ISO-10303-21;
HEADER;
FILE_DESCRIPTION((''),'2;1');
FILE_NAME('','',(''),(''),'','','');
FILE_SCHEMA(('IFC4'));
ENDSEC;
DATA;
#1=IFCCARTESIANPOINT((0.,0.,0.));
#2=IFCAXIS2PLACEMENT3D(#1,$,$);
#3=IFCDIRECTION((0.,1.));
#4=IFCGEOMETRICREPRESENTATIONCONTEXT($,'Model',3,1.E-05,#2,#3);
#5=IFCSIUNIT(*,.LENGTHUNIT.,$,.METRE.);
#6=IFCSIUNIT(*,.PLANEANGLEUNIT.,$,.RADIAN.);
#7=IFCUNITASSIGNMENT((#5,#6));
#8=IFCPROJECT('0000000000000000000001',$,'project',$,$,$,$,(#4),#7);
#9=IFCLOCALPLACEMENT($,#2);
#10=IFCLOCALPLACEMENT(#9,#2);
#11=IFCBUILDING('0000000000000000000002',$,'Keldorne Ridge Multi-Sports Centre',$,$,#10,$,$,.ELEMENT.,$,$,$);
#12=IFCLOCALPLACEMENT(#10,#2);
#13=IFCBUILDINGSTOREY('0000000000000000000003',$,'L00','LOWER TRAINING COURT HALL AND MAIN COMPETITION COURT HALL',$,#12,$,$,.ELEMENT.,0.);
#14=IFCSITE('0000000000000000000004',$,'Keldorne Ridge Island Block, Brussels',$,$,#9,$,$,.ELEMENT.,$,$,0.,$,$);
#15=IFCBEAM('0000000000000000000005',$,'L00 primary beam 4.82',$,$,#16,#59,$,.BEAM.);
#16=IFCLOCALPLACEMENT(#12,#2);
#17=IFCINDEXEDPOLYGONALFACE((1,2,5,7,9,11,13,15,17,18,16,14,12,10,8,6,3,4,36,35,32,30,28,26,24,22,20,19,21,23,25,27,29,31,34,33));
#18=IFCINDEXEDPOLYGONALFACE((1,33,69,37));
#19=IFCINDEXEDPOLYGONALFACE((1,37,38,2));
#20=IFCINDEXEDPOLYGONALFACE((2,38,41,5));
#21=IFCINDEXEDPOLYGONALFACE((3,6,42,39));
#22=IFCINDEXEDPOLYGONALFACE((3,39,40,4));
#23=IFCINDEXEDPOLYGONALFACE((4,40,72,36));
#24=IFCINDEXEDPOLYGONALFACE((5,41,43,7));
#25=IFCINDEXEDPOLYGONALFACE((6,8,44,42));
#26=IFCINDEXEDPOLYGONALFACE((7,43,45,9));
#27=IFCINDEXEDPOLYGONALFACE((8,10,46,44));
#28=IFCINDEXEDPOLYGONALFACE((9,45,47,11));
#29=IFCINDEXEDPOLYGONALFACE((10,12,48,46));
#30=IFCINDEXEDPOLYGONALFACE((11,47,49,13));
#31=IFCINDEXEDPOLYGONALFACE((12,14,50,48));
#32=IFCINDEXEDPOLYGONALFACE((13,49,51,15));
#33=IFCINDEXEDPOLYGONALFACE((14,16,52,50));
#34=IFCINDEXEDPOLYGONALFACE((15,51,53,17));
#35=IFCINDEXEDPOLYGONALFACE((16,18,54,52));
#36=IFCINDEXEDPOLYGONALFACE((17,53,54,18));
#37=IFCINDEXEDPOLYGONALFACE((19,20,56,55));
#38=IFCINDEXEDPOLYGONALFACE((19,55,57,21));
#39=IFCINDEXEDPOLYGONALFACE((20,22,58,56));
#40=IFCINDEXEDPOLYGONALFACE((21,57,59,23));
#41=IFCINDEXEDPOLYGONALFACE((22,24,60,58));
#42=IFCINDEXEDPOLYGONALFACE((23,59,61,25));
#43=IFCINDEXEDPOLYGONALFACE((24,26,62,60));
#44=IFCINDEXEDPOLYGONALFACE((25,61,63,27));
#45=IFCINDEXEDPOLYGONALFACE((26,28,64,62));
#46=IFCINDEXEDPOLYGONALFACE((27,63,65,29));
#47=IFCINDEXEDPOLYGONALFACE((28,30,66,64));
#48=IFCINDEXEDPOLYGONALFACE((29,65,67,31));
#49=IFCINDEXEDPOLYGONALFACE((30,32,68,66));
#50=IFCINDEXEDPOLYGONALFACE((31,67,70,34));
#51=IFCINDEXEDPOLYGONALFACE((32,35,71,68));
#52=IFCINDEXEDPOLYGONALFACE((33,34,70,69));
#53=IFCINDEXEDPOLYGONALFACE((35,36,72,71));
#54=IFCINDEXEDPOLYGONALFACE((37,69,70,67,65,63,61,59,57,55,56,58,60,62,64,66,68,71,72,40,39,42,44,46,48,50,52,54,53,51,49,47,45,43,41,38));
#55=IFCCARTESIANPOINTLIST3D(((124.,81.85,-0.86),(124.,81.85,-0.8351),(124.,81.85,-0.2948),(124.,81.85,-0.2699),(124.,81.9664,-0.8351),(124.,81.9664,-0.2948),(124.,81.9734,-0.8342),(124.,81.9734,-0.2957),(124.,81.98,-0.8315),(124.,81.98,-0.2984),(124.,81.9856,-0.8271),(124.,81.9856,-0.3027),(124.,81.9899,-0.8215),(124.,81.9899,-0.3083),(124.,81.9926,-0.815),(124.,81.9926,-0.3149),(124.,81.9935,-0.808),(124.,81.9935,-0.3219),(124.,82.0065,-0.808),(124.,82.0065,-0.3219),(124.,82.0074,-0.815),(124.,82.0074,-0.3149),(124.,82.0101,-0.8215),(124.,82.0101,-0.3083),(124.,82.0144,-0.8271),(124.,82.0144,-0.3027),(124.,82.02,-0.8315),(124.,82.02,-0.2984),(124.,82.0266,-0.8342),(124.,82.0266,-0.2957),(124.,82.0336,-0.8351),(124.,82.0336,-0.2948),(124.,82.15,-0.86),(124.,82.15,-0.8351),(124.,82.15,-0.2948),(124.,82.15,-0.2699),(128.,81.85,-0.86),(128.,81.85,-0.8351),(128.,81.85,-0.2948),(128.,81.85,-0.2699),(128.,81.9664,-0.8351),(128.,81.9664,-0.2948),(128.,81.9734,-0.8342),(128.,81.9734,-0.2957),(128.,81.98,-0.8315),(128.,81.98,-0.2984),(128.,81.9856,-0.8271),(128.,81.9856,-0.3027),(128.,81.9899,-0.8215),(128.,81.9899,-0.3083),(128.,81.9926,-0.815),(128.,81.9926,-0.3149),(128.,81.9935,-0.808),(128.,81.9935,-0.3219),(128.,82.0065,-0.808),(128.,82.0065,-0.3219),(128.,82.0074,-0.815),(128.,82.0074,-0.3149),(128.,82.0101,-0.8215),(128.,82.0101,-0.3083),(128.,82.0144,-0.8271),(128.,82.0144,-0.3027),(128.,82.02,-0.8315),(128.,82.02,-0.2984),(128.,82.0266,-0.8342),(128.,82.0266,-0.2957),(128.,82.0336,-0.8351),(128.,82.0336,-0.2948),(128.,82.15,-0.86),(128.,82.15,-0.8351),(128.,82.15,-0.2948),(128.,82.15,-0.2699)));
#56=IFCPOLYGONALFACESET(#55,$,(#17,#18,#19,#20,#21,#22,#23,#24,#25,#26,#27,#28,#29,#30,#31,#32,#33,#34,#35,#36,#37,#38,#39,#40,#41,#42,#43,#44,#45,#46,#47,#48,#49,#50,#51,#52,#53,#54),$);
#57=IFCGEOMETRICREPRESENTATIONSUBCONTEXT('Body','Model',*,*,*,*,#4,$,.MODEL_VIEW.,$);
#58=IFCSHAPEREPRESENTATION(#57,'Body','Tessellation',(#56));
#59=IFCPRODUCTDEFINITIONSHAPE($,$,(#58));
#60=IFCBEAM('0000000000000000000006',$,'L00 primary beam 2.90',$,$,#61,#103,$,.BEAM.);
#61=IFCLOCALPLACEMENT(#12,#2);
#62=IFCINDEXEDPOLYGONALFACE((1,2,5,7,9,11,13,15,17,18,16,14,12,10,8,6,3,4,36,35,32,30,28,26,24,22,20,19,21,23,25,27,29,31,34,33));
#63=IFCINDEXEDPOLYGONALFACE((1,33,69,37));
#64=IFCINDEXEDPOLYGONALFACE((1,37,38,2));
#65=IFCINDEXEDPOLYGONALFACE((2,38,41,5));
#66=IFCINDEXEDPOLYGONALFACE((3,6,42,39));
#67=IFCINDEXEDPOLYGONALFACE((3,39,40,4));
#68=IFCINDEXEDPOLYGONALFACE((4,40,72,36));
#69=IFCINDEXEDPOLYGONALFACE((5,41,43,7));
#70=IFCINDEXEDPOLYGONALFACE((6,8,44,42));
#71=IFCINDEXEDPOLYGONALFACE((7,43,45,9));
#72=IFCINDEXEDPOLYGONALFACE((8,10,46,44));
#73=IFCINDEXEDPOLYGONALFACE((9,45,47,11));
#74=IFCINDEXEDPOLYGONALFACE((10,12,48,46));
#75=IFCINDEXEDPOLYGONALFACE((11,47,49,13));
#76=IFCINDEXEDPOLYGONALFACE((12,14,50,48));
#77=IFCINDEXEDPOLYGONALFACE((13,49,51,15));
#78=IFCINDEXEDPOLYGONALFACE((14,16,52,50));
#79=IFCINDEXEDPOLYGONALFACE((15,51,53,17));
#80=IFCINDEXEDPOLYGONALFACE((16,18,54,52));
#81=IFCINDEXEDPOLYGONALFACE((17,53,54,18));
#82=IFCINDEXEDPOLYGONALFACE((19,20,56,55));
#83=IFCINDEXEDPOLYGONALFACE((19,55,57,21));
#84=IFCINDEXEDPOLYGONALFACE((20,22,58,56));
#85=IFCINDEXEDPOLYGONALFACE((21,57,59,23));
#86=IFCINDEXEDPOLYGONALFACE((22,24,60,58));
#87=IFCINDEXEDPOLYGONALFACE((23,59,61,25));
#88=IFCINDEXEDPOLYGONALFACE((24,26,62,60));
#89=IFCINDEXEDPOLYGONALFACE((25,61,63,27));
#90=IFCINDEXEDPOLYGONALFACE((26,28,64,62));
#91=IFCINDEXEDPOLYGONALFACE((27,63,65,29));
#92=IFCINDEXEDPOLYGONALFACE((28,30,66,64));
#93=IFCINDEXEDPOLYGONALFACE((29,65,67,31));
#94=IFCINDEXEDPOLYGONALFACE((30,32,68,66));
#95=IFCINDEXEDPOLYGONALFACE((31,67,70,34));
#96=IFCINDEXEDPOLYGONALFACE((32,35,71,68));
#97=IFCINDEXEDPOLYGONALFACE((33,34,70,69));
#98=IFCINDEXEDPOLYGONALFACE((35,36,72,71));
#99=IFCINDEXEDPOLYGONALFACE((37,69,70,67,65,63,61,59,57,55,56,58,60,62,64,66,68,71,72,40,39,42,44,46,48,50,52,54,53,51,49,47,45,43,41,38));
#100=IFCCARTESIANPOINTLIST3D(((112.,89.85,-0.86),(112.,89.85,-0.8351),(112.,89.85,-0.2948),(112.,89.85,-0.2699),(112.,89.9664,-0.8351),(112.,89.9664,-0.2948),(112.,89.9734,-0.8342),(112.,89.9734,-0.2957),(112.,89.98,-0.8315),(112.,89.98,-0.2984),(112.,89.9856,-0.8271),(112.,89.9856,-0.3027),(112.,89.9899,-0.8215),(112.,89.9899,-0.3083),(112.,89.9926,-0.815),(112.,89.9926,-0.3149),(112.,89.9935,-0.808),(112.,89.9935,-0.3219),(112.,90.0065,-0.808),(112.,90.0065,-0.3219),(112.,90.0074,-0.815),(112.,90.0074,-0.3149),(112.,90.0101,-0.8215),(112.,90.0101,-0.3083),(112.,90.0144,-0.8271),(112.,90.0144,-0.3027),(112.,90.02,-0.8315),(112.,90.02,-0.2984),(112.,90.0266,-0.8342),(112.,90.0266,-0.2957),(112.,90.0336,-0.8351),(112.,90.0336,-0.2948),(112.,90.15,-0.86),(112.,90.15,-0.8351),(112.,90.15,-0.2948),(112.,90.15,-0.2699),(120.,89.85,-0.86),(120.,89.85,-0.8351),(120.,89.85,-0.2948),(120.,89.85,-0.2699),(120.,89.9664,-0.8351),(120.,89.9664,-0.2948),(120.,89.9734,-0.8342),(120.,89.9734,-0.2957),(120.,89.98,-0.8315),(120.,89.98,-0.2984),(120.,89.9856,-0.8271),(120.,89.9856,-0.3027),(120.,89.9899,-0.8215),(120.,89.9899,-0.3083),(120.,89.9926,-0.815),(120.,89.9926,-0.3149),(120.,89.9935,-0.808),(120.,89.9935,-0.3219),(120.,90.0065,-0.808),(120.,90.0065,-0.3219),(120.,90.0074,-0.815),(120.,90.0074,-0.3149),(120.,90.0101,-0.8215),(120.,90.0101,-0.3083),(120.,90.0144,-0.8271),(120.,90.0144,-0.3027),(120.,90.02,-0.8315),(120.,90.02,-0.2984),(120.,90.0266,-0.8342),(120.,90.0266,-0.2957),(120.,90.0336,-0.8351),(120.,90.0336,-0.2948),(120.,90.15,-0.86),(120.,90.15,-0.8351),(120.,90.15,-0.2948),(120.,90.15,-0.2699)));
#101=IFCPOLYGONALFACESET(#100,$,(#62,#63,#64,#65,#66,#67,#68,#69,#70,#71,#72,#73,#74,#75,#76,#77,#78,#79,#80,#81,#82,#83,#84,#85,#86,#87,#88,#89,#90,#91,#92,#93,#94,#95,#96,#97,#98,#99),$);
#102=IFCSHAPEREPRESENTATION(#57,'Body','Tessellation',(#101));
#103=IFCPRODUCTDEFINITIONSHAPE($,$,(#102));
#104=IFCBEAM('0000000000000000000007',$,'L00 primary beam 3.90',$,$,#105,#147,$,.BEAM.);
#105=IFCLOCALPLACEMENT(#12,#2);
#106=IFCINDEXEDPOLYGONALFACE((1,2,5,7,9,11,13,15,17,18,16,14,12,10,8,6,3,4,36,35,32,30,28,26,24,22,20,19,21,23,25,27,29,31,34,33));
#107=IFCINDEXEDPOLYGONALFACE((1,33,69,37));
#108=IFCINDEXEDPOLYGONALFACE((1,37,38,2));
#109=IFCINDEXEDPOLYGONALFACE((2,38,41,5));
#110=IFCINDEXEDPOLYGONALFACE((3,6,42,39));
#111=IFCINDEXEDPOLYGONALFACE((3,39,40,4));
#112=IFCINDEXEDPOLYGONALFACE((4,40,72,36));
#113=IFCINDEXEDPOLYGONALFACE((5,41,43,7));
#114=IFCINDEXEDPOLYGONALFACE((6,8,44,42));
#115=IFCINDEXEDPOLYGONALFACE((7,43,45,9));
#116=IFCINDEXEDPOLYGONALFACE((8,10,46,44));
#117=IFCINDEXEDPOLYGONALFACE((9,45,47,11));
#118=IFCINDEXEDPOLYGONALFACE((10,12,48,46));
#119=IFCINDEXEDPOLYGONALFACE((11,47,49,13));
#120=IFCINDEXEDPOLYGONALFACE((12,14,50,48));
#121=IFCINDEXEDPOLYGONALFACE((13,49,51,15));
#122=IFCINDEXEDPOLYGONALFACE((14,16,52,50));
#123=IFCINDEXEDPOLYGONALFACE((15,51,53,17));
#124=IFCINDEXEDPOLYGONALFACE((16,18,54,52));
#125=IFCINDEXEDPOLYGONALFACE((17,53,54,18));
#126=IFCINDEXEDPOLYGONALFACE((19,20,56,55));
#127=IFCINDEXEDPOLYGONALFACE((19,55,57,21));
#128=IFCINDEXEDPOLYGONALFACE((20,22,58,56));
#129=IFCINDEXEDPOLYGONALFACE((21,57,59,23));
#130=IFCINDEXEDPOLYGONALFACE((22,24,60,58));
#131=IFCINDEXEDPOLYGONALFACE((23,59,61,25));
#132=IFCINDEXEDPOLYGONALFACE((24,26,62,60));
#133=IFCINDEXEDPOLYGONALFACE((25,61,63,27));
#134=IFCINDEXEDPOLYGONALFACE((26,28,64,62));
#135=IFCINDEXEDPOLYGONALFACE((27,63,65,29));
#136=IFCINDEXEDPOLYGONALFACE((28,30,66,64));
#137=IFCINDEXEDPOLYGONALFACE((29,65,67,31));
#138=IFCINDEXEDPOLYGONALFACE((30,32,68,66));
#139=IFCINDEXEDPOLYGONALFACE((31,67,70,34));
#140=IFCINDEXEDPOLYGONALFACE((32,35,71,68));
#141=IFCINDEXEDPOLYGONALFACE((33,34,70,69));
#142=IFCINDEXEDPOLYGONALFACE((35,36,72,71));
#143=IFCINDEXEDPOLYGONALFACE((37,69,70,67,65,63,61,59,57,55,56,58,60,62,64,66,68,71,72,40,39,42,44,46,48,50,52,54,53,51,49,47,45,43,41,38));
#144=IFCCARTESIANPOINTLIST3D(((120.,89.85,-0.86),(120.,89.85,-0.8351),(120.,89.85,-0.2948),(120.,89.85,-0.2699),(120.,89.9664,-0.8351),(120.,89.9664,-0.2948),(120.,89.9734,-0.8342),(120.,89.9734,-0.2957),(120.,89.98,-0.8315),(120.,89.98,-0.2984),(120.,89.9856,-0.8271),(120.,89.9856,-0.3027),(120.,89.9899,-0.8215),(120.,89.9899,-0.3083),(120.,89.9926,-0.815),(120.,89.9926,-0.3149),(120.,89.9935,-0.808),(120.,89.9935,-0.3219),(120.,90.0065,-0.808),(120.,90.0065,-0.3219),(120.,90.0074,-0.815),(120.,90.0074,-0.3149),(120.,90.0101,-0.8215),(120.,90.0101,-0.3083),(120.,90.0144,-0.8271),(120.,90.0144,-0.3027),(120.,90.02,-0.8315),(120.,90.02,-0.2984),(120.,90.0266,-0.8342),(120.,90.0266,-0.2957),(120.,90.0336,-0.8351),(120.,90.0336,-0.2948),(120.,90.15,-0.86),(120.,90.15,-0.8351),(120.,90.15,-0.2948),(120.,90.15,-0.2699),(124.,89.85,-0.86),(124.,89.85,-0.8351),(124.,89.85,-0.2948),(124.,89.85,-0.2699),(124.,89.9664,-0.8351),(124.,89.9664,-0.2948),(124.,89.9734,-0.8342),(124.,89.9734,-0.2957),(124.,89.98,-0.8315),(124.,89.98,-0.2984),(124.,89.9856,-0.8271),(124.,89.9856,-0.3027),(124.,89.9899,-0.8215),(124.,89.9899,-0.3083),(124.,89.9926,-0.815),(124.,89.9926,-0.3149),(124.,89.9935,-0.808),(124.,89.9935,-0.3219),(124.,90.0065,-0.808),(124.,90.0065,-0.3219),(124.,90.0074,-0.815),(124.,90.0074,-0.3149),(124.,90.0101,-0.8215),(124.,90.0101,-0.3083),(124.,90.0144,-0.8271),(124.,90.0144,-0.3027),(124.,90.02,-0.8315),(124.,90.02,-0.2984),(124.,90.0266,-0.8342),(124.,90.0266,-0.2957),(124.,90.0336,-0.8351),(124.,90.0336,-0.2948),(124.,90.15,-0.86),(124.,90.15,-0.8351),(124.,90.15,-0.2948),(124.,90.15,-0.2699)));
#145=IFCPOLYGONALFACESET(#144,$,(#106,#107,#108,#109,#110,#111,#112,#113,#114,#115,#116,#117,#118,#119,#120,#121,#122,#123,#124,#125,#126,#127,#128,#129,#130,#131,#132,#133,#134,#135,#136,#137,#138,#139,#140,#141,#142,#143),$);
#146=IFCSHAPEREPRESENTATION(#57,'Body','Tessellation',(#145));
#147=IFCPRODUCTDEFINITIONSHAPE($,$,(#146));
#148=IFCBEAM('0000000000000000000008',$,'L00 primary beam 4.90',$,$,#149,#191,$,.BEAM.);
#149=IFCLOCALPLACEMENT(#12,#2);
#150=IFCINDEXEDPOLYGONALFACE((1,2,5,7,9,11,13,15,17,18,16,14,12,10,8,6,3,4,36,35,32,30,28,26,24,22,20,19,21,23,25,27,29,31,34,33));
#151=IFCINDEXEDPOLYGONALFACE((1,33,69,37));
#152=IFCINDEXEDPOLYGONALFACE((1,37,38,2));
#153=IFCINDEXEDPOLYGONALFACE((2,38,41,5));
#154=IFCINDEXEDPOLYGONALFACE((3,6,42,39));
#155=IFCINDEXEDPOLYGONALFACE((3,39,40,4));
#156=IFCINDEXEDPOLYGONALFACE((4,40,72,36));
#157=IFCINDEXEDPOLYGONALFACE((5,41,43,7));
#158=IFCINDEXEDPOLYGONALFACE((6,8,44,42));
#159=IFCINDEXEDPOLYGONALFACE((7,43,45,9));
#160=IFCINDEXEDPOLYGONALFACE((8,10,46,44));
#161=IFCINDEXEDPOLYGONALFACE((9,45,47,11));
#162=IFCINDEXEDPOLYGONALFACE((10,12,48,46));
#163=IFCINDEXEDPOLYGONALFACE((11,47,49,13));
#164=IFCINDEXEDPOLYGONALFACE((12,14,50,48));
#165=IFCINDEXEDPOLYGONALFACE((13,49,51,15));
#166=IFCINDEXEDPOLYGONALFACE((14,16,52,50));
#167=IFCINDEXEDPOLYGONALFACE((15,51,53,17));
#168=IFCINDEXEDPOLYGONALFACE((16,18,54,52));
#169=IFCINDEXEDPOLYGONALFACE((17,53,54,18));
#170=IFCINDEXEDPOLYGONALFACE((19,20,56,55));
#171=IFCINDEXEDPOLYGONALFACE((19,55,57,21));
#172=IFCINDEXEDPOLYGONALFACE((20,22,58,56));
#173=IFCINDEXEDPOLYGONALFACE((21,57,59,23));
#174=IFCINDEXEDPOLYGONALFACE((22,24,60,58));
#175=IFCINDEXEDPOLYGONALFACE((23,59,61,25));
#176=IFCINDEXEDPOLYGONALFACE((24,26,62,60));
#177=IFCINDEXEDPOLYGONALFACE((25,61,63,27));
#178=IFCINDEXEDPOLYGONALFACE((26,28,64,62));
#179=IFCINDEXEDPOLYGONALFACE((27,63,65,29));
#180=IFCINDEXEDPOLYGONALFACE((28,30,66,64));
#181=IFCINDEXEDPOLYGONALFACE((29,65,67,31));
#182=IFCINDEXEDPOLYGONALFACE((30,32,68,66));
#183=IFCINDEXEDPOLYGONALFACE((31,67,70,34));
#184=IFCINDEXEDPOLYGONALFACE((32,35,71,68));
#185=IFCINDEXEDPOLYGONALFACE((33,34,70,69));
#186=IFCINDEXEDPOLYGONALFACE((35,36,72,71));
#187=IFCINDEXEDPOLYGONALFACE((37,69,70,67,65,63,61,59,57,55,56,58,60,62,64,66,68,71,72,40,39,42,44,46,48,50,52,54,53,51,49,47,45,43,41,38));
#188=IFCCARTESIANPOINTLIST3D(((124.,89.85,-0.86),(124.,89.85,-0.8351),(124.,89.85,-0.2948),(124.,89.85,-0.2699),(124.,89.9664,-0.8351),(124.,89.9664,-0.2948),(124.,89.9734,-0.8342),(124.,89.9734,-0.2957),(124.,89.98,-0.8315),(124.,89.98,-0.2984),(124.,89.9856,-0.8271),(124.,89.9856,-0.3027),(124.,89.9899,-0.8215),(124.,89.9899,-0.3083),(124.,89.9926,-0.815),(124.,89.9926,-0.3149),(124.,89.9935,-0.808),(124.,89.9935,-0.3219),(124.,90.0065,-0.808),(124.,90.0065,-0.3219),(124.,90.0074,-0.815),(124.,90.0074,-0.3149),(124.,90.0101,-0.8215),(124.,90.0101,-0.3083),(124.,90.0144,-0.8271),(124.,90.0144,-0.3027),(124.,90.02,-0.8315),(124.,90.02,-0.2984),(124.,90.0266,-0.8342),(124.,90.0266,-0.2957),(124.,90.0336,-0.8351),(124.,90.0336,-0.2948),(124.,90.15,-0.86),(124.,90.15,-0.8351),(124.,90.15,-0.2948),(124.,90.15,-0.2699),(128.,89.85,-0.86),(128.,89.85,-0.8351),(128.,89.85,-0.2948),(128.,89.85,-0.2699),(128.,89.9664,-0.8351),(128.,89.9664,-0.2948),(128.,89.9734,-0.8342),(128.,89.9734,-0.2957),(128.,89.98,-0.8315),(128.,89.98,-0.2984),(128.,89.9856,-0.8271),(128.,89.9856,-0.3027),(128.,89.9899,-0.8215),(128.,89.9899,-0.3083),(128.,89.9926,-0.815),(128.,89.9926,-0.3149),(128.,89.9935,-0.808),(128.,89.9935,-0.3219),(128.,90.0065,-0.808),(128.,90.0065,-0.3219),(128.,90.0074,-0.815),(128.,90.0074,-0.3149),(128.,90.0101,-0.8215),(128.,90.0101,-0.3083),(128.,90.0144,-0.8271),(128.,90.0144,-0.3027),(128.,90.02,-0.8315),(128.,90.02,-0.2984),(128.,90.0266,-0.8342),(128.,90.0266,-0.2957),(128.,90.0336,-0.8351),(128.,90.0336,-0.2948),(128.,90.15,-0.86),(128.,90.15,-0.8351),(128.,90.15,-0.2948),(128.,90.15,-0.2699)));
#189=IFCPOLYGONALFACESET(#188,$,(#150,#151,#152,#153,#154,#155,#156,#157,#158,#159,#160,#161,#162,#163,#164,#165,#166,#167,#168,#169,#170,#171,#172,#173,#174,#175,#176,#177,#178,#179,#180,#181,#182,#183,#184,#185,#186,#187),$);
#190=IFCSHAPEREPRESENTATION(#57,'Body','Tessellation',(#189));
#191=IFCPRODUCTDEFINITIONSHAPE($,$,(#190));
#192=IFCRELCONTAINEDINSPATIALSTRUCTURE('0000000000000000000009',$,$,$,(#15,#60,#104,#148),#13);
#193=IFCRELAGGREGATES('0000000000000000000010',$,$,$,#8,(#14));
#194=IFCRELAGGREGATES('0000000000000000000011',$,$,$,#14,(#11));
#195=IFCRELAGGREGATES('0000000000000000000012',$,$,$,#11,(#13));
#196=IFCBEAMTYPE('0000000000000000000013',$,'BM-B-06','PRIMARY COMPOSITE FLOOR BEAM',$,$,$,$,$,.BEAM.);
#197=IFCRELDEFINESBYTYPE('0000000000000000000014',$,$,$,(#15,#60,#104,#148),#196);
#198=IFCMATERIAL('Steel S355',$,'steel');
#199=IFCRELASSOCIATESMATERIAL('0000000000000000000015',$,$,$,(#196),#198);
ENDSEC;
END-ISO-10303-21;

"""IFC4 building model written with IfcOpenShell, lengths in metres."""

from ifc_helpers import new_model, si_unit, direction, frame, origin, origin_2d, place, context, subcontext, project, spatial, i_section, extrude, material, material_profile, profile_set, type_object, element, save


model = new_model("IFC4")

# Units and contexts
model_context = context("Model", 3, precision=1e-05, world=origin(), true_north=direction((0.0, 1.0)))
body_context = subcontext(model_context, "Body", "Model", "MODEL_VIEW")
ifc_project = project(units=[si_unit("LENGTHUNIT", "METRE"), si_unit("PLANEANGLEUNIT", "RADIAN")], contexts=[model_context])

# Site, building, storey
site_placement = place(None, origin())
site = spatial("IfcSite", under=ifc_project, at=site_placement, Name="Keldorne Ridge Island Block, Brussels", CompositionType="ELEMENT", RefElevation=0.0)
building_placement = place(site_placement, origin())
building = spatial("IfcBuilding", under=site, at=building_placement, Name="Keldorne Ridge Multi-Sports Centre", CompositionType="ELEMENT")
storey_placement = place(building_placement, origin())
storey = spatial("IfcBuildingStorey", under=building, at=storey_placement, Name="L00", Description="LOWER TRAINING COURT HALL AND MAIN COMPETITION COURT HALL", CompositionType="ELEMENT", Elevation=0.0)

# Shared definitions
ifc_material_1 = material(Name="Steel S355", Category="steel")

# Beams
ifc_material_profile_1 = material_profile(ifc_material_1, i_section(OverallWidth=0.3, OverallDepth=0.5901, WebThickness=0.0129, FlangeThickness=0.0249, FilletRadius=0.0271, at=origin_2d()), Name="HEA 600")
ifc_profile_set_1 = profile_set([ifc_material_profile_1], Name="Steel S355")
beam_type_1 = type_object("IfcBeamType", Name="BM-B-06", Description="PRIMARY COMPOSITE FLOOR BEAM", PredefinedType="BEAM", material=ifc_profile_set_1)
for number, where, z_axis, x_axis, name in (
    (1, (124.0, 82.0, -0.5649), (1.0, 0.0, 0.0), (0.0, 1.0, 0.0), "L00 primary beam 4.82"),
):
    element("IfcBeam", number, at=place(storey_placement, frame(where, z_axis=z_axis, x_axis=x_axis)), inside=storey, type_object=beam_type_1, Name=name, PredefinedType="BEAM", context=body_context, shape_type="SweptSolid", body=[
        extrude(i_section(OverallWidth=0.3, OverallDepth=0.5901, WebThickness=0.0129, FlangeThickness=0.0249, FilletRadius=0.0271, at=origin_2d()), origin(), (0.0, 0.0, 1.0), 4.0),
    ])
beam_1_placement = place(storey_placement, frame((112.0, 90.0, -0.5649), z_axis=(1.0, 0.0, 0.0), x_axis=(0.0, 1.0, 0.0)))
element("IfcBeam", 2, at=beam_1_placement, inside=storey, type_object=beam_type_1, Name="L00 primary beam 2.90", PredefinedType="BEAM", context=body_context, shape_type="SweptSolid", body=[
    extrude(i_section(OverallWidth=0.3, OverallDepth=0.5901, WebThickness=0.0129, FlangeThickness=0.0249, FilletRadius=0.0271, at=origin_2d()), origin(), (0.0, 0.0, 1.0), 8.0),
])
for number, where, z_axis, x_axis, name in (
    (3, (120.0, 90.0, -0.5649), (1.0, 0.0, 0.0), (0.0, 1.0, 0.0), "L00 primary beam 3.90"),
    (4, (124.0, 90.0, -0.5649), (1.0, 0.0, 0.0), (0.0, 1.0, 0.0), "L00 primary beam 4.90"),
):
    element("IfcBeam", number, at=place(storey_placement, frame(where, z_axis=z_axis, x_axis=x_axis)), inside=storey, type_object=beam_type_1, Name=name, PredefinedType="BEAM", context=body_context, shape_type="SweptSolid", body=[
        extrude(i_section(OverallWidth=0.3, OverallDepth=0.5901, WebThickness=0.0129, FlangeThickness=0.0249, FilletRadius=0.0271, at=origin_2d()), origin(), (0.0, 0.0, 1.0), 4.0),
    ])

save(model, "model.ifc")
